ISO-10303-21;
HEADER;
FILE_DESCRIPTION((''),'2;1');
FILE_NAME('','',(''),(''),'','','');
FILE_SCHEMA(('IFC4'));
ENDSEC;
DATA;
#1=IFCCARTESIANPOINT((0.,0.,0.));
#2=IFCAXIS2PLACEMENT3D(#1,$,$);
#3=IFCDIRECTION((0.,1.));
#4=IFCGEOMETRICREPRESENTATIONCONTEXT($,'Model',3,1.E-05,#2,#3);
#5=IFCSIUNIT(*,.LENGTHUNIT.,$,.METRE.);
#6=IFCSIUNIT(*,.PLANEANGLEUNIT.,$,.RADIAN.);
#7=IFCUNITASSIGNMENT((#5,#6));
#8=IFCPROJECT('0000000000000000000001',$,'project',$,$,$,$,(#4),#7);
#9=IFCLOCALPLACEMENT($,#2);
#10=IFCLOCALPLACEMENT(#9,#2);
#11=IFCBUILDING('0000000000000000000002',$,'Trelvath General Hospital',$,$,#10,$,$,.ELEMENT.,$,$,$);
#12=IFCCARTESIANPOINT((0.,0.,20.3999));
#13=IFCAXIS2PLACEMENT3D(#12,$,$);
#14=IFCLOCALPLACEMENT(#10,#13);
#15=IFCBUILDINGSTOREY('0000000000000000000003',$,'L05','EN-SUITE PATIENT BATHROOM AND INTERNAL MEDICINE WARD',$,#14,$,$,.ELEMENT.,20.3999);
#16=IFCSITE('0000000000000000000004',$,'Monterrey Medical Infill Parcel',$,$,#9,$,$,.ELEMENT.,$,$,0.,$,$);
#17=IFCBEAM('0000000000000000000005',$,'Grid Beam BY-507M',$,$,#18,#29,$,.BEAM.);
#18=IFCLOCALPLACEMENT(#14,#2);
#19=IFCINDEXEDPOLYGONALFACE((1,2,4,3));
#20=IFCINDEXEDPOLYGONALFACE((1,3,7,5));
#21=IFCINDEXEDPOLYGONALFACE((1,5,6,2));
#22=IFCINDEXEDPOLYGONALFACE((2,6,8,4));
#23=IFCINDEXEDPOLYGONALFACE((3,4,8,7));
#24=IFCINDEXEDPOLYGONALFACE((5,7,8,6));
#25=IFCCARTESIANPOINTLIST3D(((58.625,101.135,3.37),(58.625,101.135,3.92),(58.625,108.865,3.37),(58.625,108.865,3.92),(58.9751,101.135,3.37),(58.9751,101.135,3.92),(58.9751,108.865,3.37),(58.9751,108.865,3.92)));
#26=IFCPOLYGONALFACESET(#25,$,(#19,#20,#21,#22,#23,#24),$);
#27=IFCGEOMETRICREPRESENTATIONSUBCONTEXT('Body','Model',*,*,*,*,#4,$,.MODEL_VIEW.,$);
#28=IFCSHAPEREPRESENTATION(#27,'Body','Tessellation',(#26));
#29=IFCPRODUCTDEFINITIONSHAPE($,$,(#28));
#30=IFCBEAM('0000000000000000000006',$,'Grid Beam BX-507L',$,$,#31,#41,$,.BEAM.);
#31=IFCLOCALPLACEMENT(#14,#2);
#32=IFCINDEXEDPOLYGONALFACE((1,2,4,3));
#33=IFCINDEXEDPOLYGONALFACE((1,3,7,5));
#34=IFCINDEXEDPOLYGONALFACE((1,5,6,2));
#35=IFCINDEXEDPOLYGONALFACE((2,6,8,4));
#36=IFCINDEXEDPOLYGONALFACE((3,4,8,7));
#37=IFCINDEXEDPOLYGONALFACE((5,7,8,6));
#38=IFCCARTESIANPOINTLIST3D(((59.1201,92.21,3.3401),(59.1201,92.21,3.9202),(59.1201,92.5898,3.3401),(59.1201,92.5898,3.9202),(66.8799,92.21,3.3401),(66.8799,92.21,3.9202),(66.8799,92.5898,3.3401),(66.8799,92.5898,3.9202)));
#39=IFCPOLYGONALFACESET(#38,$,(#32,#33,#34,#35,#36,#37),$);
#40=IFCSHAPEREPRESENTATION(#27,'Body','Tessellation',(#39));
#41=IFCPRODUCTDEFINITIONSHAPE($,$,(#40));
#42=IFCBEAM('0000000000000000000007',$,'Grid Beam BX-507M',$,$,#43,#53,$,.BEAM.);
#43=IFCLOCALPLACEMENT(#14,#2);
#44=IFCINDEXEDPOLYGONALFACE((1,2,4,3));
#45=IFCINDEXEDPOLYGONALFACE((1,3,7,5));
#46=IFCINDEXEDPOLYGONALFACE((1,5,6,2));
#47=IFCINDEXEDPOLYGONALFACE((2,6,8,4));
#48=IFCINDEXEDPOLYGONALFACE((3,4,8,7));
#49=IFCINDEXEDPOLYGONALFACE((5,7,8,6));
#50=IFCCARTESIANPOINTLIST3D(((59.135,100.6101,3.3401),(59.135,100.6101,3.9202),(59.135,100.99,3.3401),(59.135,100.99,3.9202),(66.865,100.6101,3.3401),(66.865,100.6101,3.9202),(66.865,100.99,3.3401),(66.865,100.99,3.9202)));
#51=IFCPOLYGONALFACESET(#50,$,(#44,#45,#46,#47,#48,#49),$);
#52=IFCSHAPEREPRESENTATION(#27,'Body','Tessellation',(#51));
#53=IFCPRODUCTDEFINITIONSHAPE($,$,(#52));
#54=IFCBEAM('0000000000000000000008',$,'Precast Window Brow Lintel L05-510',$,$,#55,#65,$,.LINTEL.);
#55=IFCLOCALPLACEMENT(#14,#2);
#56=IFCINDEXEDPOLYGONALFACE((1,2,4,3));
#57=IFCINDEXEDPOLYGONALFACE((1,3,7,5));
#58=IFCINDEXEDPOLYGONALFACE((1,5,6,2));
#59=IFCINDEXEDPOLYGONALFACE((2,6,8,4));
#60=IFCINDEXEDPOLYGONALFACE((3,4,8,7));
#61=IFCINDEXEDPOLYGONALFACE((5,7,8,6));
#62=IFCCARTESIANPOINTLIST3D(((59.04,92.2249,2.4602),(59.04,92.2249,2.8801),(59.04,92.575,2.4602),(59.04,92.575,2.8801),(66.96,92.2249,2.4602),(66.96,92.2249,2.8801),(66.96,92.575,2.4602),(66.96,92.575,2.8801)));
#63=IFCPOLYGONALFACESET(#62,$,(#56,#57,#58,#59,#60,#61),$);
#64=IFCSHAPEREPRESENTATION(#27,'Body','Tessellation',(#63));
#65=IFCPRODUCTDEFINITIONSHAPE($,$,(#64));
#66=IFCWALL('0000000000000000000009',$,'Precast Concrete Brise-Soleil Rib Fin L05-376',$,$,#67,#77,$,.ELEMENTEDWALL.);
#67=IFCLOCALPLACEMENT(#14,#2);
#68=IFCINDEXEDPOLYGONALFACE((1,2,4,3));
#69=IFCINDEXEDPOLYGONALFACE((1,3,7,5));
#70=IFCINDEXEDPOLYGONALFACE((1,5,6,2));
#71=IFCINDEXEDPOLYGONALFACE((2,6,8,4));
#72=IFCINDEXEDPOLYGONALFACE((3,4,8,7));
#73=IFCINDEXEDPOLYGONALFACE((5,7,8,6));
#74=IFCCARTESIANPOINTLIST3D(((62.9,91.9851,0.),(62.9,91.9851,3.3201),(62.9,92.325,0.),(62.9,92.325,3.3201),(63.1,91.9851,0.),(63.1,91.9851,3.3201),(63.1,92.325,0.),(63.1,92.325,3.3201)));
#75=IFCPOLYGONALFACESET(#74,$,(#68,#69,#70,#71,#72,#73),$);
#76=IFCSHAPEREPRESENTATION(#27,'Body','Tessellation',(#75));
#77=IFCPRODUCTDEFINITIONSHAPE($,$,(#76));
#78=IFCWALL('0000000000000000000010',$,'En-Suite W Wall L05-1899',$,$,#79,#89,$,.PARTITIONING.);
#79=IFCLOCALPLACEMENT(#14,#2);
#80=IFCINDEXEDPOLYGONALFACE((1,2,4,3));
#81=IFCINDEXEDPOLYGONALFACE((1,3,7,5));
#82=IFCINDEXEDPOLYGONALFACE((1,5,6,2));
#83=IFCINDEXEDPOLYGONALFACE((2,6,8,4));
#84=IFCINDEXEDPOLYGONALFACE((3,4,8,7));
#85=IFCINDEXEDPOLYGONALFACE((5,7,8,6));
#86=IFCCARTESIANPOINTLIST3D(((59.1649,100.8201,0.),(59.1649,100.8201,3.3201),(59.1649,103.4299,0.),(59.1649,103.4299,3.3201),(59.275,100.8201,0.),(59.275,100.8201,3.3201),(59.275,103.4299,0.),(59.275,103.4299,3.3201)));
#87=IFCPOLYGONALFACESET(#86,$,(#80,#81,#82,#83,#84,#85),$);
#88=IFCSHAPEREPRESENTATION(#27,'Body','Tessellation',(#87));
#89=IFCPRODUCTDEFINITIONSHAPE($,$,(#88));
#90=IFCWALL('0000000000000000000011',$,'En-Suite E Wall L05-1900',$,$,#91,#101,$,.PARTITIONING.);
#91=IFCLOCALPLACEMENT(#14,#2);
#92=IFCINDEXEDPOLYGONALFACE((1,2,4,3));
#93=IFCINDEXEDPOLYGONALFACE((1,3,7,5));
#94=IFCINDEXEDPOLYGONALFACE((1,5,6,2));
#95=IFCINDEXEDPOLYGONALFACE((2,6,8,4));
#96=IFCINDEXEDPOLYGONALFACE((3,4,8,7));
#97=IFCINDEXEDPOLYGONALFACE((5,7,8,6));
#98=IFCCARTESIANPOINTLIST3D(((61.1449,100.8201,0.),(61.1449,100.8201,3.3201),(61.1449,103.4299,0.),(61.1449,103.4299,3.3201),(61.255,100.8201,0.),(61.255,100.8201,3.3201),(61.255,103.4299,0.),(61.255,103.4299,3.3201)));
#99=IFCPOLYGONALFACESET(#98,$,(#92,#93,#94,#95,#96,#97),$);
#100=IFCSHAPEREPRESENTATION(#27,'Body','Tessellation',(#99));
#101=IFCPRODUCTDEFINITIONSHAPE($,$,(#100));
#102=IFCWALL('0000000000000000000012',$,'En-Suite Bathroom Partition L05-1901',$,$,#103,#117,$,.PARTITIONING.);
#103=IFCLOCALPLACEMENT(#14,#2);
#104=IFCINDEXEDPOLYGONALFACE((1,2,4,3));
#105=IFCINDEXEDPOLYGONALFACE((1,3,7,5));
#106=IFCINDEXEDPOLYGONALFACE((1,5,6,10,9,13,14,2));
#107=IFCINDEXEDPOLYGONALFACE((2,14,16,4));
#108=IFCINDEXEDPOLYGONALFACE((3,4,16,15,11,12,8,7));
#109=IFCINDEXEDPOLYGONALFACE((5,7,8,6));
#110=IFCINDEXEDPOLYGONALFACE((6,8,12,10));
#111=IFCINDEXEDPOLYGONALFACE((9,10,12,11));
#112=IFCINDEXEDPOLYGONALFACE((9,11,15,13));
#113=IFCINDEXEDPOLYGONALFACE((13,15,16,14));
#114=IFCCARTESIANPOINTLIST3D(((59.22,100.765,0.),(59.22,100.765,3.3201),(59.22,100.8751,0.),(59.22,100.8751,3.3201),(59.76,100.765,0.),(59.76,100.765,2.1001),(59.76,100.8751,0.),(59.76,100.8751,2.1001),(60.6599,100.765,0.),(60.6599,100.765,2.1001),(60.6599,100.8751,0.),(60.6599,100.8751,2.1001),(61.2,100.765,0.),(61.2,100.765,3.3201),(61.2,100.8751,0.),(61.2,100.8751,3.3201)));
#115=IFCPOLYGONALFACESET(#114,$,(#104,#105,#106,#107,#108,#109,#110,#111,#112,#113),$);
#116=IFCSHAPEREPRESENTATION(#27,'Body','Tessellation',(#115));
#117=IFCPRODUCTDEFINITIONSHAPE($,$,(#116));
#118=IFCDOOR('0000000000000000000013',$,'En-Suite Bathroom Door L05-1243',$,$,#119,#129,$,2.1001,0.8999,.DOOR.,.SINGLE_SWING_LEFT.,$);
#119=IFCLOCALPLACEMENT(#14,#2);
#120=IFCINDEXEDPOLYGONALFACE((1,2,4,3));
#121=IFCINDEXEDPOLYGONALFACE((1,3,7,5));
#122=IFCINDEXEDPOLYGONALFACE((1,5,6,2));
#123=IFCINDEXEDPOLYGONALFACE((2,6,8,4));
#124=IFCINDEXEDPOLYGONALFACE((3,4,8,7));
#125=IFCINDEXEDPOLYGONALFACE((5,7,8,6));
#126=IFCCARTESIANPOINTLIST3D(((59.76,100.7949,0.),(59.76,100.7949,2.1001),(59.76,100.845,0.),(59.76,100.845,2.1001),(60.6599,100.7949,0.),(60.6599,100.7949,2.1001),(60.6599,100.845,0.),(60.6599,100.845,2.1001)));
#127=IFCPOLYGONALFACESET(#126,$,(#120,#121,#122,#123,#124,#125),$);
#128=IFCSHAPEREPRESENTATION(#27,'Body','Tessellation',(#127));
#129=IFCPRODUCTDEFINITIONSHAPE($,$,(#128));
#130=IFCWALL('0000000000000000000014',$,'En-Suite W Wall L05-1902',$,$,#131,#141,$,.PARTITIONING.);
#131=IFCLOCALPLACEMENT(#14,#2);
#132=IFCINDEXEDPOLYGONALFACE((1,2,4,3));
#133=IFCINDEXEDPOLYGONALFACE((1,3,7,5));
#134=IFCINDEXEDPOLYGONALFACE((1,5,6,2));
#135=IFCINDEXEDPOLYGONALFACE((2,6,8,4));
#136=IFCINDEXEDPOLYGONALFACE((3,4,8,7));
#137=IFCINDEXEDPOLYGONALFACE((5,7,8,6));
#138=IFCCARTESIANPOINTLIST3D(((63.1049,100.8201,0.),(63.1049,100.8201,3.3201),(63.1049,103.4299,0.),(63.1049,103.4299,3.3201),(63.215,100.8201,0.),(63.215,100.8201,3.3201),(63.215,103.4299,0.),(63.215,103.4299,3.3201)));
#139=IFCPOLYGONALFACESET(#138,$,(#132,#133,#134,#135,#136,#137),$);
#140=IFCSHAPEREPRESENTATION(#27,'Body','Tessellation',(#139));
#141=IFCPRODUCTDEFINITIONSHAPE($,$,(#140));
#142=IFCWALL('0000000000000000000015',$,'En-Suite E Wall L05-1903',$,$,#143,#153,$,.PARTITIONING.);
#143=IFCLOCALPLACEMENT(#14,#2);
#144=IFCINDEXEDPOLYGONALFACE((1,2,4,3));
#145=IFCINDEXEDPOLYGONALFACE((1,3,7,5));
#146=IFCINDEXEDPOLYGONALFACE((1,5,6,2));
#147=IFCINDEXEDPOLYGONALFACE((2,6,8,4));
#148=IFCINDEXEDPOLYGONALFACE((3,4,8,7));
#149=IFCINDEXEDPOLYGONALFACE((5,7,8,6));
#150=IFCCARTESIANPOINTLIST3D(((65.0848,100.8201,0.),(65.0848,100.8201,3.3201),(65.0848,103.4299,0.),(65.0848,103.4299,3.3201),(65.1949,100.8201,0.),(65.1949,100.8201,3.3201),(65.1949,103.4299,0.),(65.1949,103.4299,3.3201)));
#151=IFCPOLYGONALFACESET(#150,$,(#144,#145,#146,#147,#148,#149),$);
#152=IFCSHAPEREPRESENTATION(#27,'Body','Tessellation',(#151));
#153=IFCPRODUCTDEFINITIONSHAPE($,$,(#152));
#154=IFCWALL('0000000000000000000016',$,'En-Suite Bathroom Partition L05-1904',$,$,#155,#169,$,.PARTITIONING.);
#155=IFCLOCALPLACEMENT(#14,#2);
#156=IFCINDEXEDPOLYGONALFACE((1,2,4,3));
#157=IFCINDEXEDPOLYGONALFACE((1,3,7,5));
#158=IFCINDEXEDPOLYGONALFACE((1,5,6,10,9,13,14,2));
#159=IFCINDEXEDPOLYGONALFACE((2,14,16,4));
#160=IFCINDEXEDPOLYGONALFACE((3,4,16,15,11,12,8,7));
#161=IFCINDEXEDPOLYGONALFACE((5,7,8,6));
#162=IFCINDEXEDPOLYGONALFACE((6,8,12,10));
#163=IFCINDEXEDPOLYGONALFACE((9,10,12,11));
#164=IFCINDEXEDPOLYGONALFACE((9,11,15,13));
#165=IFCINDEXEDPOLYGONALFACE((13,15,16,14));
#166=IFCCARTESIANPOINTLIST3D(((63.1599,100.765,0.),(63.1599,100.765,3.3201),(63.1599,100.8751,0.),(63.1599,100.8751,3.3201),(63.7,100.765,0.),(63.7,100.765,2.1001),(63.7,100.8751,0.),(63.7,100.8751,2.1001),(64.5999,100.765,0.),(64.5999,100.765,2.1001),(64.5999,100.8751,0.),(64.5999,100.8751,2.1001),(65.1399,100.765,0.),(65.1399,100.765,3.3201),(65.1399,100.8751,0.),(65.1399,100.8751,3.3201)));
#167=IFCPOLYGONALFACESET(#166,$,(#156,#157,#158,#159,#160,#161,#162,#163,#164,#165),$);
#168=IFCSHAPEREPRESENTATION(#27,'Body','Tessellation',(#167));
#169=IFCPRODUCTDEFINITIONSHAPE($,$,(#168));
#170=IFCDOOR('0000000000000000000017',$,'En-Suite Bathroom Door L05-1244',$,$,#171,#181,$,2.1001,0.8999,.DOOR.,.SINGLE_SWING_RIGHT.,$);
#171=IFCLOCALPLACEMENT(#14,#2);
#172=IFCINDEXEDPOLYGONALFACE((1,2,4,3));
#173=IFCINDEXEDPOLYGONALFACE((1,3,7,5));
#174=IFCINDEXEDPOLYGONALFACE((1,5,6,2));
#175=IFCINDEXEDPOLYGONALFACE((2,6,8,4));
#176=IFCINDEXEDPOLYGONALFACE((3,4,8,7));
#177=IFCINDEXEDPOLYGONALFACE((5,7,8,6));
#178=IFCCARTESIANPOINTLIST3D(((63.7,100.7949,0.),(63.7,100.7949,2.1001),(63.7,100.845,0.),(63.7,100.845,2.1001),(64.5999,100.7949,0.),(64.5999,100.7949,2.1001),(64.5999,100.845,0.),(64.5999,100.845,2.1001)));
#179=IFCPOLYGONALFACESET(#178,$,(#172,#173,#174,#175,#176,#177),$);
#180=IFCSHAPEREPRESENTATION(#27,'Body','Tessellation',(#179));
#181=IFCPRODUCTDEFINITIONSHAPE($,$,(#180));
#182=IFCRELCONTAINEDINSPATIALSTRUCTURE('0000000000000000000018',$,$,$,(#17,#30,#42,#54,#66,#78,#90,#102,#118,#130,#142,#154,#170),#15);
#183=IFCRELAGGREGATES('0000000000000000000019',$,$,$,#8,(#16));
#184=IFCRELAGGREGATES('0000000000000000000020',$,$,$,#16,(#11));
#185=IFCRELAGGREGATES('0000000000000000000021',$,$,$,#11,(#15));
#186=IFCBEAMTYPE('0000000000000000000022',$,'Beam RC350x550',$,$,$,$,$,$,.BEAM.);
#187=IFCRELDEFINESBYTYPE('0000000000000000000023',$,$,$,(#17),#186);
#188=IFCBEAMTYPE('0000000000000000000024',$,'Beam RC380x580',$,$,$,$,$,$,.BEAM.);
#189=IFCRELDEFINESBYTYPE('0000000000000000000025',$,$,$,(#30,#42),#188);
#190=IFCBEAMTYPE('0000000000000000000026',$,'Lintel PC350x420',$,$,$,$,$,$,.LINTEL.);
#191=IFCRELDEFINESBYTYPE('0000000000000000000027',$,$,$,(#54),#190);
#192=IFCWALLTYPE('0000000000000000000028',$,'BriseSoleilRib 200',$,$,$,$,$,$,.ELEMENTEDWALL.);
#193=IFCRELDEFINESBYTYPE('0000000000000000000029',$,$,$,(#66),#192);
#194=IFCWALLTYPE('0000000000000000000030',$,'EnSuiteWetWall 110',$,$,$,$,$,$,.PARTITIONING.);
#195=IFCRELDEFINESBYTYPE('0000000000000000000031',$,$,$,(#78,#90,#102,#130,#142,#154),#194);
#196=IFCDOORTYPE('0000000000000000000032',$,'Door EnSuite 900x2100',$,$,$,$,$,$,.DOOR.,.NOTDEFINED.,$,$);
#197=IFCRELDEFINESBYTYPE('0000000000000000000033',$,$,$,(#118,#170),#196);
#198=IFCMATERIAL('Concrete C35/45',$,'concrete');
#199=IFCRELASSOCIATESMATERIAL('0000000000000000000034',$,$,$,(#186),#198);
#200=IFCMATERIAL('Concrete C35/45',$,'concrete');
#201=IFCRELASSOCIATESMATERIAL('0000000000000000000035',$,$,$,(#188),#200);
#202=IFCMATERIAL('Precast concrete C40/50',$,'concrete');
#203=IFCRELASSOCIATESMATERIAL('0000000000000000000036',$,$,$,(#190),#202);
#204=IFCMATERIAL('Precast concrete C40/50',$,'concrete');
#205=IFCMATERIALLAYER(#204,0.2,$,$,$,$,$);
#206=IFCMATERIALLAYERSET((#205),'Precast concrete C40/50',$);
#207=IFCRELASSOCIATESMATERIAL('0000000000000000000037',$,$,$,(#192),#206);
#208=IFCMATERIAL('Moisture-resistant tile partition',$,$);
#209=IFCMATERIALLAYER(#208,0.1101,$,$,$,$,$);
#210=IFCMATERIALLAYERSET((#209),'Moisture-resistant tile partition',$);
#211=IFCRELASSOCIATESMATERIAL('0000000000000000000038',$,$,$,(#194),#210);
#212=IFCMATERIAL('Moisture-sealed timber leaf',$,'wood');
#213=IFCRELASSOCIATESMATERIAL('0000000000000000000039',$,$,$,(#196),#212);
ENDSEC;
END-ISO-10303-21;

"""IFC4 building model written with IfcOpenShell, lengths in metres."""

from ifc_helpers import new_model, si_unit, direction, frame, frame_2d, origin, origin_2d, place, context, subcontext, project, spatial, rectangle, extrude, material, layer, layer_set, material_profile, profile_set, type_object, element, fill, save


model = new_model("IFC4")

# Units and contexts
model_context = context("Model", 3, precision=1e-05, world=origin(), true_north=direction((0.0, 1.0)))
body_context = subcontext(model_context, "Body", "Model", "MODEL_VIEW")
ifc_project = project(units=[si_unit("LENGTHUNIT", "METRE"), si_unit("PLANEANGLEUNIT", "RADIAN")], contexts=[model_context])

# Site, building, storey
site_placement = place(None, origin())
site = spatial("IfcSite", under=ifc_project, at=site_placement, Name="Monterrey Medical Infill Parcel", CompositionType="ELEMENT", RefElevation=0.0)
building_placement = place(site_placement, origin())
building = spatial("IfcBuilding", under=site, at=building_placement, Name="Trelvath General Hospital", CompositionType="ELEMENT")
storey_placement = place(building_placement, frame((0.0, 0.0, 20.3999)))
storey = spatial("IfcBuildingStorey", under=building, at=storey_placement, Name="L05", Description="EN-SUITE PATIENT BATHROOM AND INTERNAL MEDICINE WARD", CompositionType="ELEMENT", Elevation=20.3999)

# Beams
ifc_material_1 = material(Name="Concrete C35/45", Category="concrete")
ifc_material_profile_1 = material_profile(ifc_material_1, rectangle(XDim=0.3501, YDim=0.55, at=origin_2d()), Name="RCB350x550")
ifc_profile_set_1 = profile_set([ifc_material_profile_1], Name="Concrete C35/45")
beam_type_1 = type_object("IfcBeamType", Name="Beam RC350x550", PredefinedType="BEAM", material=ifc_profile_set_1)
beam_1_placement = place(storey_placement, frame((58.8, 101.135, 3.645), z_axis=(0.0, 1.0, 0.0), x_axis=(-1.0, 0.0, 0.0)))
element("IfcBeam", 1, at=beam_1_placement, inside=storey, type_object=beam_type_1, Name="Grid Beam BY-507M", PredefinedType="BEAM", context=body_context, shape_type="SweptSolid", body=[
    extrude(rectangle(XDim=0.3501, YDim=0.55, at=origin_2d()), origin(), (0.0, 0.0, 1.0), 7.73),
])
ifc_material_2 = material(Name="Concrete C35/45", Category="concrete")
ifc_material_profile_2 = material_profile(ifc_material_2, rectangle(XDim=0.3799, YDim=0.5801, at=origin_2d()), Name="RCB380x580")
ifc_profile_set_2 = profile_set([ifc_material_profile_2], Name="Concrete C35/45")
beam_type_2 = type_object("IfcBeamType", Name="Beam RC380x580", PredefinedType="BEAM", material=ifc_profile_set_2)
beam_2_placement = place(storey_placement, frame((59.1201, 92.3999, 3.6301), z_axis=(1.0, 0.0, 0.0), x_axis=(0.0, 1.0, 0.0)))
element("IfcBeam", 2, at=beam_2_placement, inside=storey, type_object=beam_type_2, Name="Grid Beam BX-507L", PredefinedType="BEAM", context=body_context, shape_type="SweptSolid", body=[
    extrude(rectangle(XDim=0.3799, YDim=0.5801, at=origin_2d()), origin(), (0.0, 0.0, 1.0), 7.7598),
])
beam_3_placement = place(storey_placement, frame((59.135, 100.8, 3.6301), z_axis=(1.0, 0.0, 0.0), x_axis=(0.0, 1.0, 0.0)))
element("IfcBeam", 3, at=beam_3_placement, inside=storey, type_object=beam_type_2, Name="Grid Beam BX-507M", PredefinedType="BEAM", context=body_context, shape_type="SweptSolid", body=[
    extrude(rectangle(XDim=0.3799, YDim=0.5801, at=origin_2d()), origin(), (0.0, 0.0, 1.0), 7.73),
])
ifc_material_3 = material(Name="Precast concrete C40/50", Category="concrete")
ifc_material_profile_3 = material_profile(ifc_material_3, rectangle(XDim=0.3501, YDim=0.4199, at=origin_2d()), Name="PCL350x420")
ifc_profile_set_3 = profile_set([ifc_material_profile_3], Name="Precast concrete C40/50")
beam_type_3 = type_object("IfcBeamType", Name="Lintel PC350x420", PredefinedType="LINTEL", material=ifc_profile_set_3)
beam_4_placement = place(storey_placement, frame((66.96, 92.3999, 2.6702), z_axis=(-1.0, 0.0, 0.0), x_axis=(0.0, -1.0, 0.0)))
element("IfcBeam", 4, at=beam_4_placement, inside=storey, type_object=beam_type_3, Name="Precast Window Brow Lintel L05-510", PredefinedType="LINTEL", context=body_context, shape_type="SweptSolid", body=[
    extrude(rectangle(XDim=0.3501, YDim=0.4199, at=origin_2d()), origin(), (0.0, 0.0, 1.0), 7.9199),
])

# Walls
ifc_material_4 = material(Name="Precast concrete C40/50", Category="concrete")
ifc_layer_1 = layer(ifc_material_4, 0.2)
ifc_layer_set_1 = layer_set([ifc_layer_1], Name="Precast concrete C40/50")
wall_type_1 = type_object("IfcWallType", Name="BriseSoleilRib 200", PredefinedType="ELEMENTEDWALL", material=ifc_layer_set_1)
wall_1_placement = place(storey_placement, frame((63.0, 92.325, 0.0), z_axis=(0.0, 0.0, 1.0), x_axis=(0.0, -1.0, 0.0)))
element("IfcWall", 5, at=wall_1_placement, inside=storey, type_object=wall_type_1, Name="Precast Concrete Brise-Soleil Rib Fin L05-376", PredefinedType="ELEMENTEDWALL", context=body_context, shape_type="SweptSolid", body=[
    extrude(rectangle(XDim=0.3398, YDim=0.2, at=frame_2d((0.1699, 0.0))), origin(), (0.0, 0.0, 1.0), 3.3201),
])
ifc_material_5 = material(Name="Moisture-resistant tile partition")
ifc_layer_2 = layer(ifc_material_5, 0.1101)
ifc_layer_set_2 = layer_set([ifc_layer_2], Name="Moisture-resistant tile partition")
wall_type_2 = type_object("IfcWallType", Name="EnSuiteWetWall 110", PredefinedType="PARTITIONING", material=ifc_layer_set_2)
for number, where, z_axis, x_axis, name in (
    (6, (59.22, 100.8201, 0.0), (0.0, 0.0, 1.0), (0.0, 1.0, 0.0), "En-Suite W Wall L05-1899"),
    (7, (61.2, 100.8201, 0.0), (0.0, 0.0, 1.0), (0.0, 1.0, 0.0), "En-Suite E Wall L05-1900"),
):
    element("IfcWall", number, at=place(storey_placement, frame(where, z_axis=z_axis, x_axis=x_axis)), inside=storey, type_object=wall_type_2, Name=name, PredefinedType="PARTITIONING", context=body_context, shape_type="SweptSolid", body=[
        extrude(rectangle(XDim=2.6099, YDim=0.1101, at=frame_2d((1.3049, 0.0))), origin(), (0.0, 0.0, 1.0), 3.3201),
    ])

# Wall, opening, door
wall_2_placement = place(storey_placement, frame((59.22, 100.8201, 0.0), z_axis=(0.0, 0.0, 1.0), x_axis=(1.0, 0.0, 0.0)))
wall_2 = element("IfcWall", 8, at=wall_2_placement, inside=storey, type_object=wall_type_2, Name="En-Suite Bathroom Partition L05-1901", PredefinedType="PARTITIONING", context=body_context, shape_type="SweptSolid", body=[
    extrude(rectangle(XDim=1.98, YDim=0.1101, at=frame_2d((0.99, 0.0))), origin(), (0.0, 0.0, 1.0), 3.3201),
])
opening_1_placement = place(wall_2_placement, frame((0.54, 0.0, 0.0)))
opening_1 = element("IfcOpeningElement", 9, at=opening_1_placement, cuts=wall_2, PredefinedType="OPENING", context=body_context, shape_type="SweptSolid", body=[
    extrude(rectangle(XDim=0.8999, YDim=2.1001, at=frame_2d((0.45, 1.05))), frame((0.0, 0.0649, 0.0), z_axis=(0.0, -1.0, 0.0), x_axis=(1.0, 0.0, 0.0)), (0.0, 0.0, 1.0), 0.1301),
])
ifc_material_6 = material(Name="Moisture-sealed timber leaf", Category="wood")
door_type = type_object("IfcDoorType", Name="Door EnSuite 900x2100", OperationType="NOTDEFINED", PredefinedType="DOOR", material=ifc_material_6)
door_1_placement = place(opening_1_placement, origin())
door_1 = element("IfcDoor", 10, at=door_1_placement, inside=storey, type_object=door_type, Name="En-Suite Bathroom Door L05-1243", OperationType="SINGLE_SWING_LEFT", OverallHeight=2.1001, OverallWidth=0.8999, PredefinedType="DOOR", context=body_context, shape_type="SweptSolid", body=[
    extrude(rectangle(XDim=0.8999, YDim=2.1001, at=frame_2d((0.45, 1.05))), frame((0.0, 0.0249, 0.0), z_axis=(0.0, -1.0, 0.0), x_axis=(1.0, 0.0, 0.0)), (0.0, 0.0, 1.0), 0.05),
])
fill(opening_1, door_1)

# Walls
for number, where, z_axis, x_axis, name in (
    (11, (63.1599, 100.8201, 0.0), (0.0, 0.0, 1.0), (0.0, 1.0, 0.0), "En-Suite W Wall L05-1902"),
    (12, (65.1399, 100.8201, 0.0), (0.0, 0.0, 1.0), (0.0, 1.0, 0.0), "En-Suite E Wall L05-1903"),
):
    element("IfcWall", number, at=place(storey_placement, frame(where, z_axis=z_axis, x_axis=x_axis)), inside=storey, type_object=wall_type_2, Name=name, PredefinedType="PARTITIONING", context=body_context, shape_type="SweptSolid", body=[
        extrude(rectangle(XDim=2.6099, YDim=0.1101, at=frame_2d((1.3049, 0.0))), origin(), (0.0, 0.0, 1.0), 3.3201),
    ])

# Wall, opening, door
wall_3_placement = place(storey_placement, frame((63.1599, 100.8201, 0.0), z_axis=(0.0, 0.0, 1.0), x_axis=(1.0, 0.0, 0.0)))
wall_3 = element("IfcWall", 13, at=wall_3_placement, inside=storey, type_object=wall_type_2, Name="En-Suite Bathroom Partition L05-1904", PredefinedType="PARTITIONING", context=body_context, shape_type="SweptSolid", body=[
    extrude(rectangle(XDim=1.98, YDim=0.1101, at=frame_2d((0.99, 0.0))), origin(), (0.0, 0.0, 1.0), 3.3201),
])
opening_2_placement = place(wall_3_placement, frame((0.54, 0.0, 0.0)))
opening_2 = element("IfcOpeningElement", 14, at=opening_2_placement, cuts=wall_3, PredefinedType="OPENING", context=body_context, shape_type="SweptSolid", body=[
    extrude(rectangle(XDim=0.8999, YDim=2.1001, at=frame_2d((0.45, 1.05))), frame((0.0, 0.0649, 0.0), z_axis=(0.0, -1.0, 0.0), x_axis=(1.0, 0.0, 0.0)), (0.0, 0.0, 1.0), 0.1301),
])
door_2_placement = place(opening_2_placement, origin())
door_2 = element("IfcDoor", 15, at=door_2_placement, inside=storey, type_object=door_type, Name="En-Suite Bathroom Door L05-1244", OperationType="SINGLE_SWING_RIGHT", OverallHeight=2.1001, OverallWidth=0.8999, PredefinedType="DOOR", context=body_context, shape_type="SweptSolid", body=[
    extrude(rectangle(XDim=0.8999, YDim=2.1001, at=frame_2d((0.45, 1.05))), frame((0.0, 0.0249, 0.0), z_axis=(0.0, -1.0, 0.0), x_axis=(1.0, 0.0, 0.0)), (0.0, 0.0, 1.0), 0.05),
])
fill(opening_2, door_2)

save(model, "model.ifc")
